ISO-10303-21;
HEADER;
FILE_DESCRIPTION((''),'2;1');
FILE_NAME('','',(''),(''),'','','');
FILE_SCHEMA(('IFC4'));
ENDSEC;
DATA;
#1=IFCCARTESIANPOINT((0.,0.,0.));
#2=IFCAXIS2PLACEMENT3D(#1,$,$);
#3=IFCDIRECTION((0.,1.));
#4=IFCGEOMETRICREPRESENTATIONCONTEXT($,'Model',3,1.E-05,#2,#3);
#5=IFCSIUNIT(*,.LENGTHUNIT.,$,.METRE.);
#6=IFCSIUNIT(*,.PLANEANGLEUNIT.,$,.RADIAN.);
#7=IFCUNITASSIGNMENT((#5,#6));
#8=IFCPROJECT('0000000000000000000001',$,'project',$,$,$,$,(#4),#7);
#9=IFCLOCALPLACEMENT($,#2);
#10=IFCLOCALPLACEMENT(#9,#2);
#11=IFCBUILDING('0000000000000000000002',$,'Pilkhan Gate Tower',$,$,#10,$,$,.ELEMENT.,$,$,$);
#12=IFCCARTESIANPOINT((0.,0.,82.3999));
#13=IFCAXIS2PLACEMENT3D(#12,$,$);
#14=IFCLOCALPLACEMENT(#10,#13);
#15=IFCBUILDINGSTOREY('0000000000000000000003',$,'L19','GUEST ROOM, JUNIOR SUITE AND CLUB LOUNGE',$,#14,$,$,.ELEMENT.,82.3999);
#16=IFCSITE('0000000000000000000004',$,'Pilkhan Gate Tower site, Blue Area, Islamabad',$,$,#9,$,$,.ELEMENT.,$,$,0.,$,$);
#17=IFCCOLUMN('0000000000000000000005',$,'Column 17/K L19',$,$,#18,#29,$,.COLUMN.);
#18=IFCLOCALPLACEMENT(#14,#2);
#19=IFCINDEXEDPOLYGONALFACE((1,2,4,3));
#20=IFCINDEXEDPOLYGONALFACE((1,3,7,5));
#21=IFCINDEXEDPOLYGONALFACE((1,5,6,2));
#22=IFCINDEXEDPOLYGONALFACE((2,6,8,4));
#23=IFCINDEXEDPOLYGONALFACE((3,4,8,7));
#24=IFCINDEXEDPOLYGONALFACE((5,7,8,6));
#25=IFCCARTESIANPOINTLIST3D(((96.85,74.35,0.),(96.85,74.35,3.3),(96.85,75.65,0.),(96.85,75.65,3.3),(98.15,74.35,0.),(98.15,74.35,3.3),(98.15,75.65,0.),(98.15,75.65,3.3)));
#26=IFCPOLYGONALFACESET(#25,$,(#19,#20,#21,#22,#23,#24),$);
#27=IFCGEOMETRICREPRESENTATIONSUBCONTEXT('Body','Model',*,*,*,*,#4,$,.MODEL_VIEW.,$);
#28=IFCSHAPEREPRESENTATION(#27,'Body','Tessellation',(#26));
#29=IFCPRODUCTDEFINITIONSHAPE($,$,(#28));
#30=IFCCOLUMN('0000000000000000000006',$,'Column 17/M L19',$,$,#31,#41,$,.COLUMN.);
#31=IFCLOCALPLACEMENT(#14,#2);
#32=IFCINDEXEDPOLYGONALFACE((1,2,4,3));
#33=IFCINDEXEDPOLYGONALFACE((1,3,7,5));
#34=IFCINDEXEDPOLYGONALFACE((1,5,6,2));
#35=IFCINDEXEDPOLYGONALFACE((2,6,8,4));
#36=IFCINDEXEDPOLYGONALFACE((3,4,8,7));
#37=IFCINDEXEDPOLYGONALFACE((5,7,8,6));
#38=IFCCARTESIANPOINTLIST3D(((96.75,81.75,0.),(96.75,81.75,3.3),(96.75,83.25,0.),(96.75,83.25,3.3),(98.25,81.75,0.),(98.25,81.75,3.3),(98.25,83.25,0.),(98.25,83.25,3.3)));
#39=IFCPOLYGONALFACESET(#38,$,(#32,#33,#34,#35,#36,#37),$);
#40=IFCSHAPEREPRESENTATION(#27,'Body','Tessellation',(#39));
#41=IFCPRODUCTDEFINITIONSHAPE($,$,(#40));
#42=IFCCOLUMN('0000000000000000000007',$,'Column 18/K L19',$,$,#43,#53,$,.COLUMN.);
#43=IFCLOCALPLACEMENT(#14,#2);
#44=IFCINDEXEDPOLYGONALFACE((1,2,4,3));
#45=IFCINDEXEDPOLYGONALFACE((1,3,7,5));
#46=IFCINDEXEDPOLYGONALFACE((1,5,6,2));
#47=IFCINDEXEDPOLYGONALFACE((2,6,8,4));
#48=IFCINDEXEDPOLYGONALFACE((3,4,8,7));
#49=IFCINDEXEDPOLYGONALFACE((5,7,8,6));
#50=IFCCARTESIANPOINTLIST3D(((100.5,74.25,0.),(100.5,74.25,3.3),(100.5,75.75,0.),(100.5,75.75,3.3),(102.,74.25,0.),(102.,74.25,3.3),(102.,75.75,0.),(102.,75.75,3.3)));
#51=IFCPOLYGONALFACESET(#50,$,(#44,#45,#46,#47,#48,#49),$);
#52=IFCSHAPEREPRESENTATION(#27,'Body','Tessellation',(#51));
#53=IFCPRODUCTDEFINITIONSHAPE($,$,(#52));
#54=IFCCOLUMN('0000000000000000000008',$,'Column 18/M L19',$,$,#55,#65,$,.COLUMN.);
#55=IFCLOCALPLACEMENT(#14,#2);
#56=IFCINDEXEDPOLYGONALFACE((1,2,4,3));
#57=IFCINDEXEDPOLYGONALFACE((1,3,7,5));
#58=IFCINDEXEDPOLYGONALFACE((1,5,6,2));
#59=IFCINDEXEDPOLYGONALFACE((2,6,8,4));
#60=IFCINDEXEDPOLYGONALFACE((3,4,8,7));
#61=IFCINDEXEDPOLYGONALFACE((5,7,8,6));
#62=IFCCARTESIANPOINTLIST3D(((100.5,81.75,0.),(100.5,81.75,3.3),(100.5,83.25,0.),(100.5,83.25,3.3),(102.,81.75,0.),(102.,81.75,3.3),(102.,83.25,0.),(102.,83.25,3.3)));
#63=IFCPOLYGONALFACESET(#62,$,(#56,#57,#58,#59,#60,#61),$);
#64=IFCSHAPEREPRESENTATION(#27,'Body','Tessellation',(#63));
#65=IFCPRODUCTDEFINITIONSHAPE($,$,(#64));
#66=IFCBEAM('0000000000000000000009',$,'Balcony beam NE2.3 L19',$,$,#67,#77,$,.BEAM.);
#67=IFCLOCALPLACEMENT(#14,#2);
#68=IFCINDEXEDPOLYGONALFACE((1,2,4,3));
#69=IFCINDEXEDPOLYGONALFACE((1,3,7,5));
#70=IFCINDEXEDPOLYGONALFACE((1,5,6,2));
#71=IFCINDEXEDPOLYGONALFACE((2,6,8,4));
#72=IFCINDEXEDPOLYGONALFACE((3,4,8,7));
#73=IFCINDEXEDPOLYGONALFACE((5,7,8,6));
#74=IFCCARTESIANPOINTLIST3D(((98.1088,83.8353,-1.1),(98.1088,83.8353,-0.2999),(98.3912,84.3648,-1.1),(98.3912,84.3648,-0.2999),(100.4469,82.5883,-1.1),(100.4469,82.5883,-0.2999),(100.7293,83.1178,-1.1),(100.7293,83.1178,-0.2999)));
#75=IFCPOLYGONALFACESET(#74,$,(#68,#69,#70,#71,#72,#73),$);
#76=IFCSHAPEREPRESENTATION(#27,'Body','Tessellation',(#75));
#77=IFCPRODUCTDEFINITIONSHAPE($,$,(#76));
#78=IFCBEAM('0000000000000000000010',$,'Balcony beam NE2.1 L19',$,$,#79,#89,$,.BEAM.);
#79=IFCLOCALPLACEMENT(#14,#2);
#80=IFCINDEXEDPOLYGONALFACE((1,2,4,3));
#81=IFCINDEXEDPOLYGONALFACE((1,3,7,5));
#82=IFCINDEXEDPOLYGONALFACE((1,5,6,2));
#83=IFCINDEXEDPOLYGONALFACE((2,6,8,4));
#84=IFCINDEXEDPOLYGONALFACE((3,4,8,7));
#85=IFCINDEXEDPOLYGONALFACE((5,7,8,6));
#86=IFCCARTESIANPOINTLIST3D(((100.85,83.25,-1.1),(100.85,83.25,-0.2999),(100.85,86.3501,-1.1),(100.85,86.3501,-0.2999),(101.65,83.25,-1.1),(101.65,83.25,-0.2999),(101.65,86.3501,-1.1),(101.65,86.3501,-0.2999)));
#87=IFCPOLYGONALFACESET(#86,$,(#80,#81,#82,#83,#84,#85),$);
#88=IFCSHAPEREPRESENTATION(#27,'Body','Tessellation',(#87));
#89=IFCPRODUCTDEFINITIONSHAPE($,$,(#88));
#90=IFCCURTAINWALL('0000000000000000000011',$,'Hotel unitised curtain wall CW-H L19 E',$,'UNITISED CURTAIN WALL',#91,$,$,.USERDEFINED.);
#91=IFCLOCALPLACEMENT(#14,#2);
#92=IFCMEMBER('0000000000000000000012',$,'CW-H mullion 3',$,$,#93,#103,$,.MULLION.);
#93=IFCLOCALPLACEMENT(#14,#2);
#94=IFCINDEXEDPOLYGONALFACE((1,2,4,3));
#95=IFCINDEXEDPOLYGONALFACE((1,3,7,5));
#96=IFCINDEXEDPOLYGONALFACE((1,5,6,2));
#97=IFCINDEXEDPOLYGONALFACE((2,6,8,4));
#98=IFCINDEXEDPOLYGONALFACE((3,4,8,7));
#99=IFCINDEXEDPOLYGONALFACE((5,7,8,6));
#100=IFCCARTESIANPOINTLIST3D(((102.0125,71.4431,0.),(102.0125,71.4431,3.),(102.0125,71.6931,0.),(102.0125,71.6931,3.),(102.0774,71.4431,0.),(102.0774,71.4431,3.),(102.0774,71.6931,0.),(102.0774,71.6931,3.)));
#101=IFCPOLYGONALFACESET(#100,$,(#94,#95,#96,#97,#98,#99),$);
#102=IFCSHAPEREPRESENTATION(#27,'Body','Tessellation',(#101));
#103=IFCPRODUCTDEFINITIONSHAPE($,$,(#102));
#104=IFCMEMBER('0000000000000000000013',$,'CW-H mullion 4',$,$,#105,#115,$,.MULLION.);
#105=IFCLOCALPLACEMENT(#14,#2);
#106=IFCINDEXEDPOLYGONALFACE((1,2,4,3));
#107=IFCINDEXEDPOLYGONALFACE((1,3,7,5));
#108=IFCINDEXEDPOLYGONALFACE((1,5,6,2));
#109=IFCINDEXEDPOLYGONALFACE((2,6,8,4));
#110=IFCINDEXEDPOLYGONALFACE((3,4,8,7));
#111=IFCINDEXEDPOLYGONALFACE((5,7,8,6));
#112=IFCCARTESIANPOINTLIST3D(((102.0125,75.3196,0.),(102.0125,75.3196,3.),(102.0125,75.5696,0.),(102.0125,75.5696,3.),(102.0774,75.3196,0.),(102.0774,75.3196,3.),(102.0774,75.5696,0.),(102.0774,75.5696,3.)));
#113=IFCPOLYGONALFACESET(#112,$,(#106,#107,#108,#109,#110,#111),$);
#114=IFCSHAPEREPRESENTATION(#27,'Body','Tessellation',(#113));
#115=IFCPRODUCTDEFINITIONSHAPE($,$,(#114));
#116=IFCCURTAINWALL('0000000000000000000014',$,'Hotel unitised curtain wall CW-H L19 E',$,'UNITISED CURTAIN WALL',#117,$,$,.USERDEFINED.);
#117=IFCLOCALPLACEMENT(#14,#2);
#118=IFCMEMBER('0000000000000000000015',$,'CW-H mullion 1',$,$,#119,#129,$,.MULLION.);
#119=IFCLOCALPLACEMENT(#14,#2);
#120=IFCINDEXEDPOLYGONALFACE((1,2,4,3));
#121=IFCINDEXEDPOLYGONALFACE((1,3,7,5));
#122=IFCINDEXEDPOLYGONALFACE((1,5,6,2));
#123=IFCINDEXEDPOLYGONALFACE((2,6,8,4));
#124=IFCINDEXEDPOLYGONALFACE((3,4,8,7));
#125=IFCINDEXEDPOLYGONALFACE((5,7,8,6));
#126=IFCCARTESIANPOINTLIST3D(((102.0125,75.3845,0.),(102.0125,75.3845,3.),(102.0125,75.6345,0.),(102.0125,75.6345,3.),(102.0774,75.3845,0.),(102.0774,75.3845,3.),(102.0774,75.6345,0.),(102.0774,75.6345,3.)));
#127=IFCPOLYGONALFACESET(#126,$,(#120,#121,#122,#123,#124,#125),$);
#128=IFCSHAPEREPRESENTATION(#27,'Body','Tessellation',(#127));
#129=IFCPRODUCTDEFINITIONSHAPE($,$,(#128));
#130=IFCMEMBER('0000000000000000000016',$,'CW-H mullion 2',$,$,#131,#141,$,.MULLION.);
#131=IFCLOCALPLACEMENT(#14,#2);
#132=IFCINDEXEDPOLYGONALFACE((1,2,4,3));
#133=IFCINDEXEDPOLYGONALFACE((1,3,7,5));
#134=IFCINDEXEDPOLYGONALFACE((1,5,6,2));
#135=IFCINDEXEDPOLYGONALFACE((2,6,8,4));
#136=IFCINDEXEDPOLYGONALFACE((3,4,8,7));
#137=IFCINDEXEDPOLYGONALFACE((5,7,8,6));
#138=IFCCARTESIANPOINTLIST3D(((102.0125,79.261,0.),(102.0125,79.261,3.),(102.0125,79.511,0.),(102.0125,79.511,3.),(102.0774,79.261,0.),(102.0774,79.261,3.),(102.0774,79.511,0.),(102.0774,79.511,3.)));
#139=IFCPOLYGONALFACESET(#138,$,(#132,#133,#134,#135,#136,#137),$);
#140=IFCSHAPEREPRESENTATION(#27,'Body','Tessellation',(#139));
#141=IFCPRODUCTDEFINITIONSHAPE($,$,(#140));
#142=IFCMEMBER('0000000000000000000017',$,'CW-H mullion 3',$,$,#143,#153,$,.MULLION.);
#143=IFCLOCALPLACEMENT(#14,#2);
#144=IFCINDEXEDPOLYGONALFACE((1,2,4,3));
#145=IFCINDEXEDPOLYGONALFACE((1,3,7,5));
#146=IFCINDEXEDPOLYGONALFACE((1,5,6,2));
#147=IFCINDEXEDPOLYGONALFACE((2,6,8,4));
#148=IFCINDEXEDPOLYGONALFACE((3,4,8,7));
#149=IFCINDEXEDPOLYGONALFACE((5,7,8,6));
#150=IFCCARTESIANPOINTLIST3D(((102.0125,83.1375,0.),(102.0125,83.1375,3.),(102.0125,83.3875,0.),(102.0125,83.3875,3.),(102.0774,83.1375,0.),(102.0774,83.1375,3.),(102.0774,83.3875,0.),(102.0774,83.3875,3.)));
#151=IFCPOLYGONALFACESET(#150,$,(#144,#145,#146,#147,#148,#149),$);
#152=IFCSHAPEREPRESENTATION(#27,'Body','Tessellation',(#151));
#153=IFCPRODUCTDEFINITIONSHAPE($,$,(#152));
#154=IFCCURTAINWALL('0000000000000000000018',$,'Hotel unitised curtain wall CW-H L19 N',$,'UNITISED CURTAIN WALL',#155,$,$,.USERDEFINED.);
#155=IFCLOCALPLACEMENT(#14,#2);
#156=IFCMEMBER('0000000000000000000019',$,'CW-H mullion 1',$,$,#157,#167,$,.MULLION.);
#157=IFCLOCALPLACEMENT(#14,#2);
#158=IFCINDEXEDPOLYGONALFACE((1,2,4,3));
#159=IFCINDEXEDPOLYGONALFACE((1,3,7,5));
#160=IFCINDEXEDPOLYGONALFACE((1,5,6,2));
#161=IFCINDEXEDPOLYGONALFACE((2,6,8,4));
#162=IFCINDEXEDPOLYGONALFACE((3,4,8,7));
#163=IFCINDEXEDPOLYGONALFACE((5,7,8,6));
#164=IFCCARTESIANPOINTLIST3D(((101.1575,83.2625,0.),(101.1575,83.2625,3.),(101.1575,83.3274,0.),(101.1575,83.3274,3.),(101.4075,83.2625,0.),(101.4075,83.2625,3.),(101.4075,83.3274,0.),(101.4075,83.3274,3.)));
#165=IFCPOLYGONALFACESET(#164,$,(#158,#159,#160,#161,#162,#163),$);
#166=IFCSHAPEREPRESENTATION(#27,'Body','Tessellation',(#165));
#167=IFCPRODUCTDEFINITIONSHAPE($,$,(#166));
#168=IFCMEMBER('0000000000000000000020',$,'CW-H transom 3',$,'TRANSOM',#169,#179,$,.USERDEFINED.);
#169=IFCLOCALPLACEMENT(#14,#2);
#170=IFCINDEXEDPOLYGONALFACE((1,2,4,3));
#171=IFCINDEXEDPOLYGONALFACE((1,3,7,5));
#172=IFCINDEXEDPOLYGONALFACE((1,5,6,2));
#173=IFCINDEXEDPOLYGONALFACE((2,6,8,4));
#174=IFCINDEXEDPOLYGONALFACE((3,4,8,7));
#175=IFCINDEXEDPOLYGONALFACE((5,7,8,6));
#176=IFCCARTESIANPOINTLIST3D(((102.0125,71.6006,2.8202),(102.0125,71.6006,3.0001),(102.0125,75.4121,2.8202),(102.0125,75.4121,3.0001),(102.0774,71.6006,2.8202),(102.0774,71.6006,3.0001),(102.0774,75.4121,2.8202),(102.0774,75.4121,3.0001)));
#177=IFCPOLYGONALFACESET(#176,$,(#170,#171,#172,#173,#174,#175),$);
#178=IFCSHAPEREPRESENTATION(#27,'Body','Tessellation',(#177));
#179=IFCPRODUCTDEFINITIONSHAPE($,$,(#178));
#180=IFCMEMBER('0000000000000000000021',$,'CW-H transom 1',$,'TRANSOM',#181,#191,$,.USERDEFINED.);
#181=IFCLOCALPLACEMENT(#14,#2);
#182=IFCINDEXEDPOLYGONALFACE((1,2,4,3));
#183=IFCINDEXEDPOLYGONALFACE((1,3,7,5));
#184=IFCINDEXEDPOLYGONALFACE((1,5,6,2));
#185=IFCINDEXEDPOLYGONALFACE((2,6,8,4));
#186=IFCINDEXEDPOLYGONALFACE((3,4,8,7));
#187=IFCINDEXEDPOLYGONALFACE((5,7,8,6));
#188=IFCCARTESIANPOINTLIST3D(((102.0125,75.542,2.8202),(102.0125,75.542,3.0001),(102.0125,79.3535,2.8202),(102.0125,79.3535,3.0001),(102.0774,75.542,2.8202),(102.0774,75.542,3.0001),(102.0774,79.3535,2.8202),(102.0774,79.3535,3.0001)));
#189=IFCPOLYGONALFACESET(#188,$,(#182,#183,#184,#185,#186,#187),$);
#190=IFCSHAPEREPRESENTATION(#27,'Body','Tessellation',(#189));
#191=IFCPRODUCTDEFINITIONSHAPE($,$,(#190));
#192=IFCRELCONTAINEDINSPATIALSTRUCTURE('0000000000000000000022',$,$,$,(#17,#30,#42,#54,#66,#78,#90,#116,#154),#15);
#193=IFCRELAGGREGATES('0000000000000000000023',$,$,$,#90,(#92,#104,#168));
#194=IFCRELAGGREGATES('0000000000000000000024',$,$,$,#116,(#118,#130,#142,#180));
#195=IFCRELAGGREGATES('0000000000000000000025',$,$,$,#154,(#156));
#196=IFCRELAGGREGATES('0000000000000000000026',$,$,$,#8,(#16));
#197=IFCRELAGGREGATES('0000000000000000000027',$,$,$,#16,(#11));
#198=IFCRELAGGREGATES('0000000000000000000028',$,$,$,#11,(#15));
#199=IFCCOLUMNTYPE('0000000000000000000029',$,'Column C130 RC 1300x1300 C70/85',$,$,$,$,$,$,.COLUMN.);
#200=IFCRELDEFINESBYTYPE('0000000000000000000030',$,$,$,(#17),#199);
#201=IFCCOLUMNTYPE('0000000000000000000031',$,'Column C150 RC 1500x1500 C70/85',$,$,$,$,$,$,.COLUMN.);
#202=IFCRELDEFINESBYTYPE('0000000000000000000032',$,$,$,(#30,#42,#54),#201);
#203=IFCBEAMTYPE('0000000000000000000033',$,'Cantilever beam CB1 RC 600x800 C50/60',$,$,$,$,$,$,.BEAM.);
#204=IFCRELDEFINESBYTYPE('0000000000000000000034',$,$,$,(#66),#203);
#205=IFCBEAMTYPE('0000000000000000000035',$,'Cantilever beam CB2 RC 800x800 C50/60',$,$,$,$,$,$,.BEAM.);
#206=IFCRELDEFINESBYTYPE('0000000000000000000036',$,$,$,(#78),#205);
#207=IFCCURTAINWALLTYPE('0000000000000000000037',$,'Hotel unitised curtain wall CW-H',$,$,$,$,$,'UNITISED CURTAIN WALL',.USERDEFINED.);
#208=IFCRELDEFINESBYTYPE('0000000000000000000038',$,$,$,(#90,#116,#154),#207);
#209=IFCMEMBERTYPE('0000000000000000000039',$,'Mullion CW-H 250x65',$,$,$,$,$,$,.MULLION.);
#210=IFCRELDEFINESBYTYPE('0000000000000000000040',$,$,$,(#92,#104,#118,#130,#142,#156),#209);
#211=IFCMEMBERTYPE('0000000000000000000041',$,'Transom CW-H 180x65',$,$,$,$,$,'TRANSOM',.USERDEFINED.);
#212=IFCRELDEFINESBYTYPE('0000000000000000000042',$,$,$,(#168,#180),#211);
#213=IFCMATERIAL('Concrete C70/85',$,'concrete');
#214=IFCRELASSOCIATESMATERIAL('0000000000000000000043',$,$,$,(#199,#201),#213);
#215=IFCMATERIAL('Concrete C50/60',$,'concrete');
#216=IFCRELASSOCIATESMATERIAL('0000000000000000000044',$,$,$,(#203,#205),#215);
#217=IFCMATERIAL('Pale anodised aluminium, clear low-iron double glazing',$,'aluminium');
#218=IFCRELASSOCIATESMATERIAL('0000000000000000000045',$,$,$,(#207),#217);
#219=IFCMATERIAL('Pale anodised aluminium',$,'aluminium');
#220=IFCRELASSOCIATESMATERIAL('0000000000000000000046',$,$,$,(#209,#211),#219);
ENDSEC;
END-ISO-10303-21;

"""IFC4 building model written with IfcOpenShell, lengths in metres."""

from ifc_helpers import new_model, si_unit, direction, frame, origin, origin_2d, place, context, subcontext, project, spatial, rectangle, extrude, material, material_profile, profile_set, type_object, element, aggregate, save


model = new_model("IFC4")

# Units and contexts
model_context = context("Model", 3, precision=1e-05, world=origin(), true_north=direction((0.0, 1.0)))
body_context = subcontext(model_context, "Body", "Model", "MODEL_VIEW")
ifc_project = project(units=[si_unit("LENGTHUNIT", "METRE"), si_unit("PLANEANGLEUNIT", "RADIAN")], contexts=[model_context])

# Site, building, storey
site_placement = place(None, origin())
site = spatial("IfcSite", under=ifc_project, at=site_placement, Name="Pilkhan Gate Tower site, Blue Area, Islamabad", CompositionType="ELEMENT", RefElevation=0.0)
building_placement = place(site_placement, origin())
building = spatial("IfcBuilding", under=site, at=building_placement, Name="Pilkhan Gate Tower", CompositionType="ELEMENT")
storey_placement = place(building_placement, frame((0.0, 0.0, 82.3999)))
storey = spatial("IfcBuildingStorey", under=building, at=storey_placement, Name="L19", Description="GUEST ROOM, JUNIOR SUITE AND CLUB LOUNGE", CompositionType="ELEMENT", Elevation=82.3999)

# Columns
ifc_material_1 = material(Name="Concrete C70/85", Category="concrete")
ifc_material_profile_1 = material_profile(ifc_material_1, rectangle(XDim=1.3, YDim=1.3, at=origin_2d()), Name="RC 1300x1300")
ifc_profile_set_1 = profile_set([ifc_material_profile_1], Name="Concrete C70/85")
column_type_1 = type_object("IfcColumnType", Name="Column C130 RC 1300x1300 C70/85", PredefinedType="COLUMN", material=ifc_profile_set_1)
column_placement = place(storey_placement, frame((97.5, 75.0, 0.0), z_axis=(0.0, 0.0, 1.0), x_axis=(1.0, 0.0, 0.0)))
element("IfcColumn", 1, at=column_placement, inside=storey, type_object=column_type_1, Name="Column 17/K L19", PredefinedType="COLUMN", context=body_context, shape_type="SweptSolid", body=[
    extrude(rectangle(XDim=1.3, YDim=1.3, at=origin_2d()), origin(), (0.0, 0.0, 1.0), 3.3),
])
ifc_material_profile_2 = material_profile(ifc_material_1, rectangle(XDim=1.5, YDim=1.5, at=origin_2d()), Name="RC 1500x1500")
ifc_profile_set_2 = profile_set([ifc_material_profile_2], Name="Concrete C70/85")
column_type_2 = type_object("IfcColumnType", Name="Column C150 RC 1500x1500 C70/85", PredefinedType="COLUMN", material=ifc_profile_set_2)
for number, where, z_axis, x_axis, name in (
    (2, (97.5, 82.5, 0.0), (0.0, 0.0, 1.0), (1.0, 0.0, 0.0), "Column 17/M L19"),
    (3, (101.25, 75.0, 0.0), (0.0, 0.0, 1.0), (1.0, 0.0, 0.0), "Column 18/K L19"),
    (4, (101.25, 82.5, 0.0), (0.0, 0.0, 1.0), (1.0, 0.0, 0.0), "Column 18/M L19"),
):
    element("IfcColumn", number, at=place(storey_placement, frame(where, z_axis=z_axis, x_axis=x_axis)), inside=storey, type_object=column_type_2, Name=name, PredefinedType="COLUMN", context=body_context, shape_type="SweptSolid", body=[
        extrude(rectangle(XDim=1.5, YDim=1.5, at=origin_2d()), origin(), (0.0, 0.0, 1.0), 3.3),
    ])

# Beams
ifc_material_2 = material(Name="Concrete C50/60", Category="concrete")
ifc_material_profile_3 = material_profile(ifc_material_2, rectangle(XDim=0.6001, YDim=0.8, at=origin_2d()), Name="RC 600x800")
ifc_profile_set_3 = profile_set([ifc_material_profile_3], Name="Concrete C50/60")
beam_type_1 = type_object("IfcBeamType", Name="Cantilever beam CB1 RC 600x800 C50/60", PredefinedType="BEAM", material=ifc_profile_set_3)
beam_1_placement = place(storey_placement, frame((100.5881, 82.853, -0.7), z_axis=(-0.882343, 0.470607, 0.0), x_axis=(-0.470607, -0.882343, 0.0)))
element("IfcBeam", 5, at=beam_1_placement, inside=storey, type_object=beam_type_1, Name="Balcony beam NE2.3 L19", PredefinedType="BEAM", context=body_context, shape_type="SweptSolid", body=[
    extrude(rectangle(XDim=0.6001, YDim=0.8, at=origin_2d()), origin(), (0.0, 0.0, 1.0), 2.6499),
])
ifc_material_profile_4 = material_profile(ifc_material_2, rectangle(XDim=0.8, YDim=0.8, at=origin_2d()), Name="RC 800x800")
ifc_profile_set_4 = profile_set([ifc_material_profile_4], Name="Concrete C50/60")
beam_type_2 = type_object("IfcBeamType", Name="Cantilever beam CB2 RC 800x800 C50/60", PredefinedType="BEAM", material=ifc_profile_set_4)
beam_2_placement = place(storey_placement, frame((101.25, 83.25, -0.7), z_axis=(0.0, 1.0, 0.0), x_axis=(-1.0, 0.0, 0.0)))
element("IfcBeam", 6, at=beam_2_placement, inside=storey, type_object=beam_type_2, Name="Balcony beam NE2.1 L19", PredefinedType="BEAM", context=body_context, shape_type="SweptSolid", body=[
    extrude(rectangle(XDim=0.8, YDim=0.8, at=origin_2d()), origin(), (0.0, 0.0, 1.0), 3.1001),
])

# Curtain walls, members
ifc_material_3 = material(Name="Pale anodised aluminium, clear low-iron double glazing", Category="aluminium")
curtain_wall_type = type_object("IfcCurtainWallType", Name="Hotel unitised curtain wall CW-H", ElementType="UNITISED CURTAIN WALL", PredefinedType="USERDEFINED", material=ifc_material_3)
curtain_wall_1_placement = place(storey_placement, origin())
curtain_wall_1 = element("IfcCurtainWall", 7, at=curtain_wall_1_placement, inside=storey, type_object=curtain_wall_type, Name="Hotel unitised curtain wall CW-H L19 E", ObjectType="UNITISED CURTAIN WALL", PredefinedType="USERDEFINED")
ifc_material_4 = material(Name="Pale anodised aluminium", Category="aluminium")
ifc_material_profile_5 = material_profile(ifc_material_4, rectangle(XDim=0.0649, YDim=0.25, at=origin_2d()), Name="Mullion 250x65")
ifc_profile_set_5 = profile_set([ifc_material_profile_5], Name="Pale anodised aluminium")
member_type_1 = type_object("IfcMemberType", Name="Mullion CW-H 250x65", PredefinedType="MULLION", material=ifc_profile_set_5)
member_1_placement = place(storey_placement, frame((102.0449, 71.5681, 0.0), z_axis=(0.0, 0.0, 1.0), x_axis=(-1.0, 0.0, 0.0)))
member_1 = element("IfcMember", 8, at=member_1_placement, type_object=member_type_1, Name="CW-H mullion 3", PredefinedType="MULLION", context=body_context, shape_type="SweptSolid", body=[
    extrude(rectangle(XDim=0.0649, YDim=0.25, at=origin_2d()), origin(), (0.0, 0.0, 1.0), 3.0),
])
member_2_placement = place(storey_placement, frame((102.0449, 75.4446, 0.0), z_axis=(0.0, 0.0, 1.0), x_axis=(-1.0, 0.0, 0.0)))
member_2 = element("IfcMember", 9, at=member_2_placement, type_object=member_type_1, Name="CW-H mullion 4", PredefinedType="MULLION", context=body_context, shape_type="SweptSolid", body=[
    extrude(rectangle(XDim=0.0649, YDim=0.25, at=origin_2d()), origin(), (0.0, 0.0, 1.0), 3.0),
])
curtain_wall_2_placement = place(storey_placement, origin())
curtain_wall_2 = element("IfcCurtainWall", 10, at=curtain_wall_2_placement, inside=storey, type_object=curtain_wall_type, Name="Hotel unitised curtain wall CW-H L19 E", ObjectType="UNITISED CURTAIN WALL", PredefinedType="USERDEFINED")
member_3_placement = place(storey_placement, frame((102.0449, 75.5095, 0.0), z_axis=(0.0, 0.0, 1.0), x_axis=(-1.0, 0.0, 0.0)))
member_3 = element("IfcMember", 11, at=member_3_placement, type_object=member_type_1, Name="CW-H mullion 1", PredefinedType="MULLION", context=body_context, shape_type="SweptSolid", body=[
    extrude(rectangle(XDim=0.0649, YDim=0.25, at=origin_2d()), origin(), (0.0, 0.0, 1.0), 3.0),
])
member_4_placement = place(storey_placement, frame((102.0449, 79.386, 0.0), z_axis=(0.0, 0.0, 1.0), x_axis=(-1.0, 0.0, 0.0)))
member_4 = element("IfcMember", 12, at=member_4_placement, type_object=member_type_1, Name="CW-H mullion 2", PredefinedType="MULLION", context=body_context, shape_type="SweptSolid", body=[
    extrude(rectangle(XDim=0.0649, YDim=0.25, at=origin_2d()), origin(), (0.0, 0.0, 1.0), 3.0),
])
member_5_placement = place(storey_placement, frame((102.0449, 83.2625, 0.0), z_axis=(0.0, 0.0, 1.0), x_axis=(-1.0, 0.0, 0.0)))
member_5 = element("IfcMember", 13, at=member_5_placement, type_object=member_type_1, Name="CW-H mullion 3", PredefinedType="MULLION", context=body_context, shape_type="SweptSolid", body=[
    extrude(rectangle(XDim=0.0649, YDim=0.25, at=origin_2d()), origin(), (0.0, 0.0, 1.0), 3.0),
])

# Curtain wall, member
curtain_wall_3_placement = place(storey_placement, origin())
curtain_wall_3 = element("IfcCurtainWall", 14, at=curtain_wall_3_placement, inside=storey, type_object=curtain_wall_type, Name="Hotel unitised curtain wall CW-H L19 N", ObjectType="UNITISED CURTAIN WALL", PredefinedType="USERDEFINED")
member_6_placement = place(storey_placement, frame((101.2825, 83.2949, 0.0), z_axis=(0.0, 0.0, 1.0), x_axis=(0.0, 1.0, 0.0)))
member_6 = element("IfcMember", 15, at=member_6_placement, type_object=member_type_1, Name="CW-H mullion 1", PredefinedType="MULLION", context=body_context, shape_type="SweptSolid", body=[
    extrude(rectangle(XDim=0.0649, YDim=0.25, at=origin_2d()), origin(), (0.0, 0.0, 1.0), 3.0),
])

# Members
ifc_material_profile_6 = material_profile(ifc_material_4, rectangle(XDim=0.0649, YDim=0.1799, at=origin_2d()), Name="Transom 180x65")
ifc_profile_set_6 = profile_set([ifc_material_profile_6], Name="Pale anodised aluminium")
member_type_2 = type_object("IfcMemberType", Name="Transom CW-H 180x65", ElementType="TRANSOM", PredefinedType="USERDEFINED", material=ifc_profile_set_6)
member_7_placement = place(storey_placement, frame((102.0449, 71.6006, 2.9102), z_axis=(0.0, 1.0, 0.0), x_axis=(-1.0, 0.0, 0.0)))
member_7 = element("IfcMember", 16, at=member_7_placement, type_object=member_type_2, Name="CW-H transom 3", ObjectType="TRANSOM", PredefinedType="USERDEFINED", context=body_context, shape_type="SweptSolid", body=[
    extrude(rectangle(XDim=0.0649, YDim=0.1799, at=origin_2d()), origin(), (0.0, 0.0, 1.0), 3.8115),
])
member_8_placement = place(storey_placement, frame((102.0449, 75.542, 2.9102), z_axis=(0.0, 1.0, 0.0), x_axis=(-1.0, 0.0, 0.0)))
member_8 = element("IfcMember", 17, at=member_8_placement, type_object=member_type_2, Name="CW-H transom 1", ObjectType="TRANSOM", PredefinedType="USERDEFINED", context=body_context, shape_type="SweptSolid", body=[
    extrude(rectangle(XDim=0.0649, YDim=0.1799, at=origin_2d()), origin(), (0.0, 0.0, 1.0), 3.8115),
])

aggregate(curtain_wall_1, [member_1, member_2, member_7])
aggregate(curtain_wall_2, [member_3, member_4, member_5, member_8])
aggregate(curtain_wall_3, [member_6])

save(model, "model.ifc")
